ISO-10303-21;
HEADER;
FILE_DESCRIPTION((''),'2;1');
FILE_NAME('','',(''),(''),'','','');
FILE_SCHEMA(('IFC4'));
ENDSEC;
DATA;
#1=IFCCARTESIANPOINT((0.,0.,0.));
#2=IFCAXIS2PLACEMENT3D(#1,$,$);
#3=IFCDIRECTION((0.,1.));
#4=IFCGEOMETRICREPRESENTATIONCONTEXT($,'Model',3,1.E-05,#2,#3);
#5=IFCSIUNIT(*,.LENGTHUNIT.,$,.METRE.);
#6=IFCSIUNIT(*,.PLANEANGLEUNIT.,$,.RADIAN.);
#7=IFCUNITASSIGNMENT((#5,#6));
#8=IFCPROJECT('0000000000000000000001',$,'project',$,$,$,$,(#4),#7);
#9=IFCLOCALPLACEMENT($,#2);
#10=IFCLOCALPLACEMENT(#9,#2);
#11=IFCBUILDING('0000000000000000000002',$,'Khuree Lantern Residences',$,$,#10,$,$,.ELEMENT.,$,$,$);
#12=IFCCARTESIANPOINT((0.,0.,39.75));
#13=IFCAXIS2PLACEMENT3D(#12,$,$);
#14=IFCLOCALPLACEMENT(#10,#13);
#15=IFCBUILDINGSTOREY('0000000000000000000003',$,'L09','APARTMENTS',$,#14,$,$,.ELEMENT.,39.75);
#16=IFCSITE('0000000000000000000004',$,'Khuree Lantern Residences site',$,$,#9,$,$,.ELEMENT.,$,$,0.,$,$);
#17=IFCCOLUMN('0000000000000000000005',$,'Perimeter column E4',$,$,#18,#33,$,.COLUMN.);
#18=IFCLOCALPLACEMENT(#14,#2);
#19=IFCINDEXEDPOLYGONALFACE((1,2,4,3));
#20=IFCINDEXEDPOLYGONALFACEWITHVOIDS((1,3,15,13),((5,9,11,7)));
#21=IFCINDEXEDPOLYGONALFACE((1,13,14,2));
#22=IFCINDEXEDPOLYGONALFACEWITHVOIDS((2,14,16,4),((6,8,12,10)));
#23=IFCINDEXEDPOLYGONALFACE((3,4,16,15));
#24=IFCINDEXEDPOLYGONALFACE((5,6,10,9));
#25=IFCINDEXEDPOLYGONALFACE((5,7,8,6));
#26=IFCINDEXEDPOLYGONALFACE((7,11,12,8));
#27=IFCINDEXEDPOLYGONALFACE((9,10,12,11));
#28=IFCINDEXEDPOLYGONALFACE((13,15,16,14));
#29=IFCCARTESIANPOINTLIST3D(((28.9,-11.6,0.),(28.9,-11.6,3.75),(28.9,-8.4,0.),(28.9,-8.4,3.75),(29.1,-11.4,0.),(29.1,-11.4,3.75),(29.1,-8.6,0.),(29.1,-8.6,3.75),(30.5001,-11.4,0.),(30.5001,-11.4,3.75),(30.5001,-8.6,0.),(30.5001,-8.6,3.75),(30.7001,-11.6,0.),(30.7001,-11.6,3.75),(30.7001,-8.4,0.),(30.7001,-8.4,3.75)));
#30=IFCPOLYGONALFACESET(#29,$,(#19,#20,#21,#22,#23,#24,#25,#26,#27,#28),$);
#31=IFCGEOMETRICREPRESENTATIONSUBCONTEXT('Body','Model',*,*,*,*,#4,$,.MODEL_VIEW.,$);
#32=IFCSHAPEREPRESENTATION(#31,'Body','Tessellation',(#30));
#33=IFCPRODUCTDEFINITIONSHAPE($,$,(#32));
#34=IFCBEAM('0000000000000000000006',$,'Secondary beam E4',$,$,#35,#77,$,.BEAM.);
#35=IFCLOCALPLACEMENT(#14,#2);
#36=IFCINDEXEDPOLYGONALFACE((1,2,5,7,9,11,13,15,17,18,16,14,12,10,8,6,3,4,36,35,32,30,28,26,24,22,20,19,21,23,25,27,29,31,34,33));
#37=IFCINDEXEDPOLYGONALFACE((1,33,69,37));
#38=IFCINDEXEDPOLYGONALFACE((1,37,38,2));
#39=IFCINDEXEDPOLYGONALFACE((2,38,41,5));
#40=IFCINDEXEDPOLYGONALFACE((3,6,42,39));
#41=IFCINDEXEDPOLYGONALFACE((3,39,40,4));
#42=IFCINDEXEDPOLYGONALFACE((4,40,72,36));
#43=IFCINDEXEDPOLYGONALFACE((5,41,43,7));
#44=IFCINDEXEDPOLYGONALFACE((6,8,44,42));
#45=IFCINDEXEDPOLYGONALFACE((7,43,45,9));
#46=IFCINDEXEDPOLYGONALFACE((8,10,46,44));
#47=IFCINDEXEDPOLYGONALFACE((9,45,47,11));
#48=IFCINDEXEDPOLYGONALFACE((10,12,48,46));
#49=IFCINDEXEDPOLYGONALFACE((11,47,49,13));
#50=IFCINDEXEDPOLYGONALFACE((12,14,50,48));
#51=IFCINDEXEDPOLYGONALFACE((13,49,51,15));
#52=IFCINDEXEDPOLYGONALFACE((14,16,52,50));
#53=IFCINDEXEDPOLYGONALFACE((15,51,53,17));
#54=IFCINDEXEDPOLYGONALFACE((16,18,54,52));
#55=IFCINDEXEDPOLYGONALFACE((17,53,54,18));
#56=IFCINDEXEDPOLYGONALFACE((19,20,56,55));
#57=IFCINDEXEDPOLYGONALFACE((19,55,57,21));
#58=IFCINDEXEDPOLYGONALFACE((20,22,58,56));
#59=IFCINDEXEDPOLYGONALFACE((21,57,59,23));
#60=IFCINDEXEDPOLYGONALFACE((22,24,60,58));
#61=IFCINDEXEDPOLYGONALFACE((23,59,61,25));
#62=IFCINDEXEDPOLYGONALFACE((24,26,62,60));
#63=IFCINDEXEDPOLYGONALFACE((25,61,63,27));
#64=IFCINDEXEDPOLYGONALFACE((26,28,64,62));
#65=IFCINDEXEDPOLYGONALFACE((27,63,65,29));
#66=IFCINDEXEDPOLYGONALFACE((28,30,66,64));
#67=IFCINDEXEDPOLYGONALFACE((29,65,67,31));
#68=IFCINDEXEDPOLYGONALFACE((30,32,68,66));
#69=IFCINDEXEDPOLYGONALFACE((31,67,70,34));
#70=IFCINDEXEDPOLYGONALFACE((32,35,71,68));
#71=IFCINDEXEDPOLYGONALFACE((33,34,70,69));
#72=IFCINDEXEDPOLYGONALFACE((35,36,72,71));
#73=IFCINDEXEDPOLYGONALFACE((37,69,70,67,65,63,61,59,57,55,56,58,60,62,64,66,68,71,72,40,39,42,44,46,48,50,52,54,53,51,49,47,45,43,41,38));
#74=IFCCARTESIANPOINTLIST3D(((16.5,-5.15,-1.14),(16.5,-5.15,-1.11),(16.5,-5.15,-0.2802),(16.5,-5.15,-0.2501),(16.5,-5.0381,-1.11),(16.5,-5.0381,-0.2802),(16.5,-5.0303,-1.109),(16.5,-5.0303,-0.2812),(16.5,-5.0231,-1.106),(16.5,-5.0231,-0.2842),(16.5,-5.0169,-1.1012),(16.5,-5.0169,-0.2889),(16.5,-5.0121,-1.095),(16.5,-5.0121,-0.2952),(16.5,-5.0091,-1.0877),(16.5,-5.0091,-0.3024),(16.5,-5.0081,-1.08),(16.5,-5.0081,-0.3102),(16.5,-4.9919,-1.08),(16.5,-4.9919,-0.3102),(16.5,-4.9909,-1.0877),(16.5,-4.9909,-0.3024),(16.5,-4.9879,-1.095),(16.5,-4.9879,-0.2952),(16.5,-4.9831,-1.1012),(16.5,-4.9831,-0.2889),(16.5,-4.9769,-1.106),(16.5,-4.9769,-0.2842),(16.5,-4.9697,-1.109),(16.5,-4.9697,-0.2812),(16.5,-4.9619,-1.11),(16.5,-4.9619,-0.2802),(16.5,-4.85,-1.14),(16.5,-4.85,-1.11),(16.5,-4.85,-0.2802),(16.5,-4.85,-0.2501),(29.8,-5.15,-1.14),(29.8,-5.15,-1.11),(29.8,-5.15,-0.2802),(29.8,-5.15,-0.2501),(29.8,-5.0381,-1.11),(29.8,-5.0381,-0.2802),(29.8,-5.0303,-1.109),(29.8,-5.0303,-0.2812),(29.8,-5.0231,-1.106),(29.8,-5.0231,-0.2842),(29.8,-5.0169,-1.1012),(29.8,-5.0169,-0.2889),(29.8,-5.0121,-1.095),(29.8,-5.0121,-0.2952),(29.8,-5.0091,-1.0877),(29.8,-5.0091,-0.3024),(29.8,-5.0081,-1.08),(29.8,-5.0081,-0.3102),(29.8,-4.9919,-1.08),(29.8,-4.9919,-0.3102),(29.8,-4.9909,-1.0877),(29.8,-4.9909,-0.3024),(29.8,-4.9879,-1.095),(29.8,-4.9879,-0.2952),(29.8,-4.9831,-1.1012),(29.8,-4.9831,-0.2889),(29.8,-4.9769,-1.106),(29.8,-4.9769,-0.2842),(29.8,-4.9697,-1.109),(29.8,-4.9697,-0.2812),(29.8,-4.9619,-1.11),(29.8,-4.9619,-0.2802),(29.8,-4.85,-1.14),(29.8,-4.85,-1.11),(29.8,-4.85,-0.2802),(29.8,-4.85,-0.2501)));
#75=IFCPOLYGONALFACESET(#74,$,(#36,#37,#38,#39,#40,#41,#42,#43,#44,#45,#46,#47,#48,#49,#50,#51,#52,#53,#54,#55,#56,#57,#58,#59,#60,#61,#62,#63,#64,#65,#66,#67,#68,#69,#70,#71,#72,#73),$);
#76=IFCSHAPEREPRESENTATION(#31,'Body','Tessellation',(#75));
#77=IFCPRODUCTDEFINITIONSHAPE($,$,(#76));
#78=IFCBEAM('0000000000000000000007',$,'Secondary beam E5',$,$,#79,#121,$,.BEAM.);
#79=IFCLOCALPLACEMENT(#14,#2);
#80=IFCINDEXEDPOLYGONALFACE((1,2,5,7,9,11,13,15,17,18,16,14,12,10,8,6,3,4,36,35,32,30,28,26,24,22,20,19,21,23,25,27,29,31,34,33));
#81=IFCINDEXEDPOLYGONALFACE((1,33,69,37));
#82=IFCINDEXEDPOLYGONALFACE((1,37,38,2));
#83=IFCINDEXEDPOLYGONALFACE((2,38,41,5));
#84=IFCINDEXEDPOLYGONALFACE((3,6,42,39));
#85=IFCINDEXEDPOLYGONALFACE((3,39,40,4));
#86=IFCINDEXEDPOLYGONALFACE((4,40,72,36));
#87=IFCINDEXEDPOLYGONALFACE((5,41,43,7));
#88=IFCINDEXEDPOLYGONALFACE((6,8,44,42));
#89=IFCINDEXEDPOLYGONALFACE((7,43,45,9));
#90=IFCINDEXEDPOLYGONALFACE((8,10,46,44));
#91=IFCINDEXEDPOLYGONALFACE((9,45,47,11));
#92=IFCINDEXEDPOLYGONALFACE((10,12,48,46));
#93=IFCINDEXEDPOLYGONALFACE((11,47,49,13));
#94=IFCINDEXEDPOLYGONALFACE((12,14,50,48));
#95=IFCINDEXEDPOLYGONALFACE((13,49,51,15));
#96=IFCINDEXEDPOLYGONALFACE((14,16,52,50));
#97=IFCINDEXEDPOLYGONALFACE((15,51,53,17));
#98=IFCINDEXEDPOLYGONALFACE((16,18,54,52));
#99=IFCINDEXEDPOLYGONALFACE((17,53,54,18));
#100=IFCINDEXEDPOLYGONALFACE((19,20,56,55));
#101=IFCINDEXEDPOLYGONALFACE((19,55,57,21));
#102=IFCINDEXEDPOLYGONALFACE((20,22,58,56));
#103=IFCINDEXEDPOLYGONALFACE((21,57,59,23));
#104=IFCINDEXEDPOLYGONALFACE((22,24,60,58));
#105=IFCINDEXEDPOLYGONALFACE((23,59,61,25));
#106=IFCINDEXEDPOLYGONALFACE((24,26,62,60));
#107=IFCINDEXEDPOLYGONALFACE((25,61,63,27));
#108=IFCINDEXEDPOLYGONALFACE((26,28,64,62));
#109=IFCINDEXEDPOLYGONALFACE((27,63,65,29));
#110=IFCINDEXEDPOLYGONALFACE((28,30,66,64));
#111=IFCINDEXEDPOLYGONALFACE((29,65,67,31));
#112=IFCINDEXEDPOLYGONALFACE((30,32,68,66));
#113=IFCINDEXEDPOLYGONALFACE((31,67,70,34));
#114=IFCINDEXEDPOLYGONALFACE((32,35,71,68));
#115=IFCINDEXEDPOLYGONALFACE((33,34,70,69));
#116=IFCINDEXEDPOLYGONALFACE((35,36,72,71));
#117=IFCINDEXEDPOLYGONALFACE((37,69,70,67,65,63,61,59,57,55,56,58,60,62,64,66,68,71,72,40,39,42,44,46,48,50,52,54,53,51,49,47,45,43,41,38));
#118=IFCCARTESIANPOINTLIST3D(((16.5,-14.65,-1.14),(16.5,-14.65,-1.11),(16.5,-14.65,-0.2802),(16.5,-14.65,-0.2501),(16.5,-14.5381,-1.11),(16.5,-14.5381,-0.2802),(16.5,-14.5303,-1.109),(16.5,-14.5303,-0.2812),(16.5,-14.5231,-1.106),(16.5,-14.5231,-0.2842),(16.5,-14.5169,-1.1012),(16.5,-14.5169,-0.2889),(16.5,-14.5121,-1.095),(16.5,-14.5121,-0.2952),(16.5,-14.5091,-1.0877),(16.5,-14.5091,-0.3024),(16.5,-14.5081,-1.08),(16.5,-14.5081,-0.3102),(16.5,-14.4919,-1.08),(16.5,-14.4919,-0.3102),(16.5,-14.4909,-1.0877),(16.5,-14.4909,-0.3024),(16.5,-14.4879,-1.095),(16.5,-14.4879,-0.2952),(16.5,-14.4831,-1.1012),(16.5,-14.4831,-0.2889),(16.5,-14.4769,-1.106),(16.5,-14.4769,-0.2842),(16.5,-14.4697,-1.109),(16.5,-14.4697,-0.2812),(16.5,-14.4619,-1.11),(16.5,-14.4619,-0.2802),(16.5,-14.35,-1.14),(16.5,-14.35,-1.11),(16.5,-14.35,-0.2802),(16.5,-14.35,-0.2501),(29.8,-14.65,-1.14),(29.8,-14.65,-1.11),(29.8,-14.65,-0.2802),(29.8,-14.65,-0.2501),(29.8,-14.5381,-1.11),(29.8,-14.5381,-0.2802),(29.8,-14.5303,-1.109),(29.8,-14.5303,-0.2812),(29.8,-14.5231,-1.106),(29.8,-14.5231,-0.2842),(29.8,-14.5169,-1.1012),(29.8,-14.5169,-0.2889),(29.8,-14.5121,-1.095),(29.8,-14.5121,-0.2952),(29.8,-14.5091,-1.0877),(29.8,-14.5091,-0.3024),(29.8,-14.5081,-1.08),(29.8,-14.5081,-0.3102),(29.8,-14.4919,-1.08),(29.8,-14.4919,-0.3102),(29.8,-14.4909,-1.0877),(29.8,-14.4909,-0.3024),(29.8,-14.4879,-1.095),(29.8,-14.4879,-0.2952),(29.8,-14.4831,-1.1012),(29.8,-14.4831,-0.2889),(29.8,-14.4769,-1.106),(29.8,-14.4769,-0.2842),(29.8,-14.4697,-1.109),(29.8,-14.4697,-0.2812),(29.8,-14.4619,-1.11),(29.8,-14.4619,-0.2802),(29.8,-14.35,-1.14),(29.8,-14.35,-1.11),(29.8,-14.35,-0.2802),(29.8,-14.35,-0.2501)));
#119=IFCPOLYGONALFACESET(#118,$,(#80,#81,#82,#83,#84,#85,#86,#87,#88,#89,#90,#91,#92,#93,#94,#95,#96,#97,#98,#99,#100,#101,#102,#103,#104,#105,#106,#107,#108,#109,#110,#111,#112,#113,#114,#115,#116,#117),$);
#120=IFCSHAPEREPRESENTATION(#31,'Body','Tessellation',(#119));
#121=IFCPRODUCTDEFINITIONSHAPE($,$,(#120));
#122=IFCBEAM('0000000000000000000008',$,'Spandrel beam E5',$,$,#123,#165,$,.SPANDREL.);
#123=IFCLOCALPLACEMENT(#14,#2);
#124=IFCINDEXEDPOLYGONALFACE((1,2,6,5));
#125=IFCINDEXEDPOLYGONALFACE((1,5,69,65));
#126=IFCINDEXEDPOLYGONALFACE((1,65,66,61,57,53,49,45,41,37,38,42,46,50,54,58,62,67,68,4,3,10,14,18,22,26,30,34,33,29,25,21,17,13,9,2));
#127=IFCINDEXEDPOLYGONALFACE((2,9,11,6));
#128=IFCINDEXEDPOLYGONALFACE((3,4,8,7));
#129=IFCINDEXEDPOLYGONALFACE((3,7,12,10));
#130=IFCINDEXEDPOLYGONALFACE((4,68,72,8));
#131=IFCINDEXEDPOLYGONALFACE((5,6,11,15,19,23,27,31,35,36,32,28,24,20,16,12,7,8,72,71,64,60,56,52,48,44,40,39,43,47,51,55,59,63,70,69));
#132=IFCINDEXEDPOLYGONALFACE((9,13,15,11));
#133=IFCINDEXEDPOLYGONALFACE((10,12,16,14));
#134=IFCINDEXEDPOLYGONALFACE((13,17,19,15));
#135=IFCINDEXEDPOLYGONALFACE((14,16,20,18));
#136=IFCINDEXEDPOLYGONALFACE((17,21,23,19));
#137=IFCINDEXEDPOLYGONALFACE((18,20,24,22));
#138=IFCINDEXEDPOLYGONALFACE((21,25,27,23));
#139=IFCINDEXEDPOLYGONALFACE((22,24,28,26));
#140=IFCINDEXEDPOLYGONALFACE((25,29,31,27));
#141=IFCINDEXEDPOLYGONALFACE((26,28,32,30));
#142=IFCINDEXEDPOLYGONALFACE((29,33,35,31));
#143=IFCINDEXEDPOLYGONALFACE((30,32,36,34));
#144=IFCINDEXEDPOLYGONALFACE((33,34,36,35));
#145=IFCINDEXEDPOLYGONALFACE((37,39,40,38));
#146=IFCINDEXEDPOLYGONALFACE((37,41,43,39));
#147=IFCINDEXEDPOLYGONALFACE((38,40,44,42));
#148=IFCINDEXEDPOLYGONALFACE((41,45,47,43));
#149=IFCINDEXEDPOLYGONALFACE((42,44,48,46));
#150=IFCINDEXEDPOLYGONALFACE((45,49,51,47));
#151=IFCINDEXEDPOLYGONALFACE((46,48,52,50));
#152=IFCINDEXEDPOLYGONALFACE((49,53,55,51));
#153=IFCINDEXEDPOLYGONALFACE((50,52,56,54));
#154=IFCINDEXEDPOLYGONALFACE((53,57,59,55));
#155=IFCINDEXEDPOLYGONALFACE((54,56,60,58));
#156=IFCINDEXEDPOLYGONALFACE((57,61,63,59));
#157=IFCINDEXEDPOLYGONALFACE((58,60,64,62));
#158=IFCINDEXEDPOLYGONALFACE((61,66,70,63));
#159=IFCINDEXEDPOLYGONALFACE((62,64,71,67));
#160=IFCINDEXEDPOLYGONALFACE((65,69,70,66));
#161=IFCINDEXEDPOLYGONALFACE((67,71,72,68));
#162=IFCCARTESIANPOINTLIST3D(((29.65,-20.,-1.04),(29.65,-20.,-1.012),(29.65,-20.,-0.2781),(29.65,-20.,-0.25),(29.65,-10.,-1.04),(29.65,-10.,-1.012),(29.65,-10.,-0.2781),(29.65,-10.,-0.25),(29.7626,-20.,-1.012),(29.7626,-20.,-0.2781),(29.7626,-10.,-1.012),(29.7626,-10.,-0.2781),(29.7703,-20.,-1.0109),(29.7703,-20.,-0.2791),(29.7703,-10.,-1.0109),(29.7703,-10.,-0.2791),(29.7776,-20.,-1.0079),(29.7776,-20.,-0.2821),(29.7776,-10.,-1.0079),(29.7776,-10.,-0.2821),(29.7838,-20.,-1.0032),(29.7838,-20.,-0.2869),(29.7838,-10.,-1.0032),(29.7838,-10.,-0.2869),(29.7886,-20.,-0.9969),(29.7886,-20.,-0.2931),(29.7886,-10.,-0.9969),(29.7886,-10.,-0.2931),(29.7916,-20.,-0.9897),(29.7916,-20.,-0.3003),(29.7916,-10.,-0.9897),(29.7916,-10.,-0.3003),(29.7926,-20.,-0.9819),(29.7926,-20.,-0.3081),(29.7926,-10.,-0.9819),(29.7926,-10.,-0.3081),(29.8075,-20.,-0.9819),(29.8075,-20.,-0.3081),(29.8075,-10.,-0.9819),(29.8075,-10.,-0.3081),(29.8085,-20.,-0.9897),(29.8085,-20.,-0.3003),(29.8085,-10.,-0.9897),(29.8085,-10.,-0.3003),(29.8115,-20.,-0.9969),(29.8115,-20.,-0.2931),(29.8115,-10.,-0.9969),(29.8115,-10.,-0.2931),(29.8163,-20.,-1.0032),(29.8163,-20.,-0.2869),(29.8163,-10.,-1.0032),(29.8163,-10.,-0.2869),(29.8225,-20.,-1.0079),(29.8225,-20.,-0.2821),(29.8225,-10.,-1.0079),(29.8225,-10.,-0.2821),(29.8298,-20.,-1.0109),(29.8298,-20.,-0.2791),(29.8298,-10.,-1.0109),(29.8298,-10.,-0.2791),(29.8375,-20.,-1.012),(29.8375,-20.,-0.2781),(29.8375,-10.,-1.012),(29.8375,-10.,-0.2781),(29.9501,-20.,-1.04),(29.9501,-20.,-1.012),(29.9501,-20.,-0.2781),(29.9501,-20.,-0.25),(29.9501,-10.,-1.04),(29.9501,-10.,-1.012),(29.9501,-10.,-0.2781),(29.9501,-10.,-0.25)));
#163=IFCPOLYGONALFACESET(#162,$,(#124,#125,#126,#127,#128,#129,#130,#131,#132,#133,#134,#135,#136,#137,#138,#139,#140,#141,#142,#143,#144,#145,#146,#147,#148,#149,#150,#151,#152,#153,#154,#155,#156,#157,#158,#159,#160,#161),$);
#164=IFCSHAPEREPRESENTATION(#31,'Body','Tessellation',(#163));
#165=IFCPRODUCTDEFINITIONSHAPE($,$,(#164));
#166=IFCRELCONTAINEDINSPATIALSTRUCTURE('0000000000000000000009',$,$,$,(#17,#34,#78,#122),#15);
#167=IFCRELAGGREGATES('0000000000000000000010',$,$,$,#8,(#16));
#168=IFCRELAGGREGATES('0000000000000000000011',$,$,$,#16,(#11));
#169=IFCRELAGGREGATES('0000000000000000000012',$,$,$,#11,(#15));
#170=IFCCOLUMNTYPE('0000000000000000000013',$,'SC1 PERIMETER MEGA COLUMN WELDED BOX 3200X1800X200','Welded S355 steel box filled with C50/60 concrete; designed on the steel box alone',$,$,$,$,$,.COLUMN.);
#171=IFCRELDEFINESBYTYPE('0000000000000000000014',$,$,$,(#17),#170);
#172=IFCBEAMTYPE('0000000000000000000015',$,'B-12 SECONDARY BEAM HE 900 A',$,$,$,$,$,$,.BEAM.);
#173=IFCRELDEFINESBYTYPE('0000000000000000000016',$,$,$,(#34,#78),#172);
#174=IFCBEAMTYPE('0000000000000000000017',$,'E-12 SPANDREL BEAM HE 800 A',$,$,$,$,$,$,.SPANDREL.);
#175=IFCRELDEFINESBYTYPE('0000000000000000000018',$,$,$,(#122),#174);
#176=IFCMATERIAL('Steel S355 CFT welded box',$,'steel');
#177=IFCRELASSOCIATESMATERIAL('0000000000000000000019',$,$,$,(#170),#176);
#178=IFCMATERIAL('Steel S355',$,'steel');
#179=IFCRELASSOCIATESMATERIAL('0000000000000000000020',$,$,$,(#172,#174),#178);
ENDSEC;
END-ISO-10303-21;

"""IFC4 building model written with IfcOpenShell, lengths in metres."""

from ifc_helpers import new_model, si_unit, direction, frame, origin, origin_2d, place, context, subcontext, project, spatial, hollow_rectangle, i_section, extrude, material, material_profile, profile_set, type_object, element, save


model = new_model("IFC4")

# Units and contexts
model_context = context("Model", 3, precision=1e-05, world=origin(), true_north=direction((0.0, 1.0)))
body_context = subcontext(model_context, "Body", "Model", "MODEL_VIEW")
ifc_project = project(units=[si_unit("LENGTHUNIT", "METRE"), si_unit("PLANEANGLEUNIT", "RADIAN")], contexts=[model_context])

# Site, building, storey
site_placement = place(None, origin())
site = spatial("IfcSite", under=ifc_project, at=site_placement, Name="Khuree Lantern Residences site", CompositionType="ELEMENT", RefElevation=0.0)
building_placement = place(site_placement, origin())
building = spatial("IfcBuilding", under=site, at=building_placement, Name="Khuree Lantern Residences", CompositionType="ELEMENT")
storey_placement = place(building_placement, frame((0.0, 0.0, 39.75)))
storey = spatial("IfcBuildingStorey", under=building, at=storey_placement, Name="L09", Description="APARTMENTS", CompositionType="ELEMENT", Elevation=39.75)

# Column
ifc_material_1 = material(Name="Steel S355 CFT welded box", Category="steel")
ifc_material_profile_1 = material_profile(ifc_material_1, hollow_rectangle(XDim=3.2, YDim=1.8, WallThickness=0.2, at=origin_2d()), Name="WELDED BOX 3200X1800X200")
ifc_profile_set_1 = profile_set([ifc_material_profile_1], Name="Steel S355 CFT welded box")
column_type = type_object("IfcColumnType", Name="SC1 PERIMETER MEGA COLUMN WELDED BOX 3200X1800X200", Description="Welded S355 steel box filled with C50/60 concrete; designed on the steel box alone", PredefinedType="COLUMN", material=ifc_profile_set_1)
column_placement = place(storey_placement, frame((29.8, -10.0, 0.0), z_axis=(0.0, 0.0, 1.0), x_axis=(0.0, 1.0, 0.0)))
element("IfcColumn", 1, at=column_placement, inside=storey, type_object=column_type, Name="Perimeter column E4", PredefinedType="COLUMN", context=body_context, shape_type="SweptSolid", body=[
    extrude(hollow_rectangle(XDim=3.2, YDim=1.8, WallThickness=0.2, at=origin_2d()), origin(), (0.0, 0.0, 1.0), 3.75),
])

# Beams
ifc_material_2 = material(Name="Steel S355", Category="steel")
ifc_material_profile_2 = material_profile(ifc_material_2, i_section(OverallWidth=0.3, OverallDepth=0.8899, WebThickness=0.0161, FlangeThickness=0.03, FilletRadius=0.03, at=origin_2d()), Name="HE 900 A")
ifc_profile_set_2 = profile_set([ifc_material_profile_2], Name="Steel S355")
beam_type_1 = type_object("IfcBeamType", Name="B-12 SECONDARY BEAM HE 900 A", PredefinedType="BEAM", material=ifc_profile_set_2)
for number, where, z_axis, x_axis, name in (
    (2, (29.8, -5.0, -0.6951), (-1.0, 0.0, 0.0), (0.0, -1.0, 0.0), "Secondary beam E4"),
    (3, (29.8, -14.5, -0.6951), (-1.0, 0.0, 0.0), (0.0, -1.0, 0.0), "Secondary beam E5"),
):
    element("IfcBeam", number, at=place(storey_placement, frame(where, z_axis=z_axis, x_axis=x_axis)), inside=storey, type_object=beam_type_1, Name=name, PredefinedType="BEAM", context=body_context, shape_type="SweptSolid", body=[
        extrude(i_section(OverallWidth=0.3, OverallDepth=0.8899, WebThickness=0.0161, FlangeThickness=0.03, FilletRadius=0.03, at=origin_2d()), origin(), (0.0, 0.0, 1.0), 13.3),
    ])
ifc_material_profile_3 = material_profile(ifc_material_2, i_section(OverallWidth=0.3, OverallDepth=0.79, WebThickness=0.0149, FlangeThickness=0.0281, FilletRadius=0.03, at=origin_2d()), Name="HE 800 A")
ifc_profile_set_3 = profile_set([ifc_material_profile_3], Name="Steel S355")
beam_type_2 = type_object("IfcBeamType", Name="E-12 SPANDREL BEAM HE 800 A", PredefinedType="SPANDREL", material=ifc_profile_set_3)
beam_1_placement = place(storey_placement, frame((29.8, -10.0, -0.645), z_axis=(0.0, -1.0, 0.0), x_axis=(1.0, 0.0, 0.0)))
element("IfcBeam", 4, at=beam_1_placement, inside=storey, type_object=beam_type_2, Name="Spandrel beam E5", PredefinedType="SPANDREL", context=body_context, shape_type="SweptSolid", body=[
    extrude(i_section(OverallWidth=0.3, OverallDepth=0.79, WebThickness=0.0149, FlangeThickness=0.0281, FilletRadius=0.03, at=origin_2d()), origin(), (0.0, 0.0, 1.0), 10.0),
])

save(model, "model.ifc")
